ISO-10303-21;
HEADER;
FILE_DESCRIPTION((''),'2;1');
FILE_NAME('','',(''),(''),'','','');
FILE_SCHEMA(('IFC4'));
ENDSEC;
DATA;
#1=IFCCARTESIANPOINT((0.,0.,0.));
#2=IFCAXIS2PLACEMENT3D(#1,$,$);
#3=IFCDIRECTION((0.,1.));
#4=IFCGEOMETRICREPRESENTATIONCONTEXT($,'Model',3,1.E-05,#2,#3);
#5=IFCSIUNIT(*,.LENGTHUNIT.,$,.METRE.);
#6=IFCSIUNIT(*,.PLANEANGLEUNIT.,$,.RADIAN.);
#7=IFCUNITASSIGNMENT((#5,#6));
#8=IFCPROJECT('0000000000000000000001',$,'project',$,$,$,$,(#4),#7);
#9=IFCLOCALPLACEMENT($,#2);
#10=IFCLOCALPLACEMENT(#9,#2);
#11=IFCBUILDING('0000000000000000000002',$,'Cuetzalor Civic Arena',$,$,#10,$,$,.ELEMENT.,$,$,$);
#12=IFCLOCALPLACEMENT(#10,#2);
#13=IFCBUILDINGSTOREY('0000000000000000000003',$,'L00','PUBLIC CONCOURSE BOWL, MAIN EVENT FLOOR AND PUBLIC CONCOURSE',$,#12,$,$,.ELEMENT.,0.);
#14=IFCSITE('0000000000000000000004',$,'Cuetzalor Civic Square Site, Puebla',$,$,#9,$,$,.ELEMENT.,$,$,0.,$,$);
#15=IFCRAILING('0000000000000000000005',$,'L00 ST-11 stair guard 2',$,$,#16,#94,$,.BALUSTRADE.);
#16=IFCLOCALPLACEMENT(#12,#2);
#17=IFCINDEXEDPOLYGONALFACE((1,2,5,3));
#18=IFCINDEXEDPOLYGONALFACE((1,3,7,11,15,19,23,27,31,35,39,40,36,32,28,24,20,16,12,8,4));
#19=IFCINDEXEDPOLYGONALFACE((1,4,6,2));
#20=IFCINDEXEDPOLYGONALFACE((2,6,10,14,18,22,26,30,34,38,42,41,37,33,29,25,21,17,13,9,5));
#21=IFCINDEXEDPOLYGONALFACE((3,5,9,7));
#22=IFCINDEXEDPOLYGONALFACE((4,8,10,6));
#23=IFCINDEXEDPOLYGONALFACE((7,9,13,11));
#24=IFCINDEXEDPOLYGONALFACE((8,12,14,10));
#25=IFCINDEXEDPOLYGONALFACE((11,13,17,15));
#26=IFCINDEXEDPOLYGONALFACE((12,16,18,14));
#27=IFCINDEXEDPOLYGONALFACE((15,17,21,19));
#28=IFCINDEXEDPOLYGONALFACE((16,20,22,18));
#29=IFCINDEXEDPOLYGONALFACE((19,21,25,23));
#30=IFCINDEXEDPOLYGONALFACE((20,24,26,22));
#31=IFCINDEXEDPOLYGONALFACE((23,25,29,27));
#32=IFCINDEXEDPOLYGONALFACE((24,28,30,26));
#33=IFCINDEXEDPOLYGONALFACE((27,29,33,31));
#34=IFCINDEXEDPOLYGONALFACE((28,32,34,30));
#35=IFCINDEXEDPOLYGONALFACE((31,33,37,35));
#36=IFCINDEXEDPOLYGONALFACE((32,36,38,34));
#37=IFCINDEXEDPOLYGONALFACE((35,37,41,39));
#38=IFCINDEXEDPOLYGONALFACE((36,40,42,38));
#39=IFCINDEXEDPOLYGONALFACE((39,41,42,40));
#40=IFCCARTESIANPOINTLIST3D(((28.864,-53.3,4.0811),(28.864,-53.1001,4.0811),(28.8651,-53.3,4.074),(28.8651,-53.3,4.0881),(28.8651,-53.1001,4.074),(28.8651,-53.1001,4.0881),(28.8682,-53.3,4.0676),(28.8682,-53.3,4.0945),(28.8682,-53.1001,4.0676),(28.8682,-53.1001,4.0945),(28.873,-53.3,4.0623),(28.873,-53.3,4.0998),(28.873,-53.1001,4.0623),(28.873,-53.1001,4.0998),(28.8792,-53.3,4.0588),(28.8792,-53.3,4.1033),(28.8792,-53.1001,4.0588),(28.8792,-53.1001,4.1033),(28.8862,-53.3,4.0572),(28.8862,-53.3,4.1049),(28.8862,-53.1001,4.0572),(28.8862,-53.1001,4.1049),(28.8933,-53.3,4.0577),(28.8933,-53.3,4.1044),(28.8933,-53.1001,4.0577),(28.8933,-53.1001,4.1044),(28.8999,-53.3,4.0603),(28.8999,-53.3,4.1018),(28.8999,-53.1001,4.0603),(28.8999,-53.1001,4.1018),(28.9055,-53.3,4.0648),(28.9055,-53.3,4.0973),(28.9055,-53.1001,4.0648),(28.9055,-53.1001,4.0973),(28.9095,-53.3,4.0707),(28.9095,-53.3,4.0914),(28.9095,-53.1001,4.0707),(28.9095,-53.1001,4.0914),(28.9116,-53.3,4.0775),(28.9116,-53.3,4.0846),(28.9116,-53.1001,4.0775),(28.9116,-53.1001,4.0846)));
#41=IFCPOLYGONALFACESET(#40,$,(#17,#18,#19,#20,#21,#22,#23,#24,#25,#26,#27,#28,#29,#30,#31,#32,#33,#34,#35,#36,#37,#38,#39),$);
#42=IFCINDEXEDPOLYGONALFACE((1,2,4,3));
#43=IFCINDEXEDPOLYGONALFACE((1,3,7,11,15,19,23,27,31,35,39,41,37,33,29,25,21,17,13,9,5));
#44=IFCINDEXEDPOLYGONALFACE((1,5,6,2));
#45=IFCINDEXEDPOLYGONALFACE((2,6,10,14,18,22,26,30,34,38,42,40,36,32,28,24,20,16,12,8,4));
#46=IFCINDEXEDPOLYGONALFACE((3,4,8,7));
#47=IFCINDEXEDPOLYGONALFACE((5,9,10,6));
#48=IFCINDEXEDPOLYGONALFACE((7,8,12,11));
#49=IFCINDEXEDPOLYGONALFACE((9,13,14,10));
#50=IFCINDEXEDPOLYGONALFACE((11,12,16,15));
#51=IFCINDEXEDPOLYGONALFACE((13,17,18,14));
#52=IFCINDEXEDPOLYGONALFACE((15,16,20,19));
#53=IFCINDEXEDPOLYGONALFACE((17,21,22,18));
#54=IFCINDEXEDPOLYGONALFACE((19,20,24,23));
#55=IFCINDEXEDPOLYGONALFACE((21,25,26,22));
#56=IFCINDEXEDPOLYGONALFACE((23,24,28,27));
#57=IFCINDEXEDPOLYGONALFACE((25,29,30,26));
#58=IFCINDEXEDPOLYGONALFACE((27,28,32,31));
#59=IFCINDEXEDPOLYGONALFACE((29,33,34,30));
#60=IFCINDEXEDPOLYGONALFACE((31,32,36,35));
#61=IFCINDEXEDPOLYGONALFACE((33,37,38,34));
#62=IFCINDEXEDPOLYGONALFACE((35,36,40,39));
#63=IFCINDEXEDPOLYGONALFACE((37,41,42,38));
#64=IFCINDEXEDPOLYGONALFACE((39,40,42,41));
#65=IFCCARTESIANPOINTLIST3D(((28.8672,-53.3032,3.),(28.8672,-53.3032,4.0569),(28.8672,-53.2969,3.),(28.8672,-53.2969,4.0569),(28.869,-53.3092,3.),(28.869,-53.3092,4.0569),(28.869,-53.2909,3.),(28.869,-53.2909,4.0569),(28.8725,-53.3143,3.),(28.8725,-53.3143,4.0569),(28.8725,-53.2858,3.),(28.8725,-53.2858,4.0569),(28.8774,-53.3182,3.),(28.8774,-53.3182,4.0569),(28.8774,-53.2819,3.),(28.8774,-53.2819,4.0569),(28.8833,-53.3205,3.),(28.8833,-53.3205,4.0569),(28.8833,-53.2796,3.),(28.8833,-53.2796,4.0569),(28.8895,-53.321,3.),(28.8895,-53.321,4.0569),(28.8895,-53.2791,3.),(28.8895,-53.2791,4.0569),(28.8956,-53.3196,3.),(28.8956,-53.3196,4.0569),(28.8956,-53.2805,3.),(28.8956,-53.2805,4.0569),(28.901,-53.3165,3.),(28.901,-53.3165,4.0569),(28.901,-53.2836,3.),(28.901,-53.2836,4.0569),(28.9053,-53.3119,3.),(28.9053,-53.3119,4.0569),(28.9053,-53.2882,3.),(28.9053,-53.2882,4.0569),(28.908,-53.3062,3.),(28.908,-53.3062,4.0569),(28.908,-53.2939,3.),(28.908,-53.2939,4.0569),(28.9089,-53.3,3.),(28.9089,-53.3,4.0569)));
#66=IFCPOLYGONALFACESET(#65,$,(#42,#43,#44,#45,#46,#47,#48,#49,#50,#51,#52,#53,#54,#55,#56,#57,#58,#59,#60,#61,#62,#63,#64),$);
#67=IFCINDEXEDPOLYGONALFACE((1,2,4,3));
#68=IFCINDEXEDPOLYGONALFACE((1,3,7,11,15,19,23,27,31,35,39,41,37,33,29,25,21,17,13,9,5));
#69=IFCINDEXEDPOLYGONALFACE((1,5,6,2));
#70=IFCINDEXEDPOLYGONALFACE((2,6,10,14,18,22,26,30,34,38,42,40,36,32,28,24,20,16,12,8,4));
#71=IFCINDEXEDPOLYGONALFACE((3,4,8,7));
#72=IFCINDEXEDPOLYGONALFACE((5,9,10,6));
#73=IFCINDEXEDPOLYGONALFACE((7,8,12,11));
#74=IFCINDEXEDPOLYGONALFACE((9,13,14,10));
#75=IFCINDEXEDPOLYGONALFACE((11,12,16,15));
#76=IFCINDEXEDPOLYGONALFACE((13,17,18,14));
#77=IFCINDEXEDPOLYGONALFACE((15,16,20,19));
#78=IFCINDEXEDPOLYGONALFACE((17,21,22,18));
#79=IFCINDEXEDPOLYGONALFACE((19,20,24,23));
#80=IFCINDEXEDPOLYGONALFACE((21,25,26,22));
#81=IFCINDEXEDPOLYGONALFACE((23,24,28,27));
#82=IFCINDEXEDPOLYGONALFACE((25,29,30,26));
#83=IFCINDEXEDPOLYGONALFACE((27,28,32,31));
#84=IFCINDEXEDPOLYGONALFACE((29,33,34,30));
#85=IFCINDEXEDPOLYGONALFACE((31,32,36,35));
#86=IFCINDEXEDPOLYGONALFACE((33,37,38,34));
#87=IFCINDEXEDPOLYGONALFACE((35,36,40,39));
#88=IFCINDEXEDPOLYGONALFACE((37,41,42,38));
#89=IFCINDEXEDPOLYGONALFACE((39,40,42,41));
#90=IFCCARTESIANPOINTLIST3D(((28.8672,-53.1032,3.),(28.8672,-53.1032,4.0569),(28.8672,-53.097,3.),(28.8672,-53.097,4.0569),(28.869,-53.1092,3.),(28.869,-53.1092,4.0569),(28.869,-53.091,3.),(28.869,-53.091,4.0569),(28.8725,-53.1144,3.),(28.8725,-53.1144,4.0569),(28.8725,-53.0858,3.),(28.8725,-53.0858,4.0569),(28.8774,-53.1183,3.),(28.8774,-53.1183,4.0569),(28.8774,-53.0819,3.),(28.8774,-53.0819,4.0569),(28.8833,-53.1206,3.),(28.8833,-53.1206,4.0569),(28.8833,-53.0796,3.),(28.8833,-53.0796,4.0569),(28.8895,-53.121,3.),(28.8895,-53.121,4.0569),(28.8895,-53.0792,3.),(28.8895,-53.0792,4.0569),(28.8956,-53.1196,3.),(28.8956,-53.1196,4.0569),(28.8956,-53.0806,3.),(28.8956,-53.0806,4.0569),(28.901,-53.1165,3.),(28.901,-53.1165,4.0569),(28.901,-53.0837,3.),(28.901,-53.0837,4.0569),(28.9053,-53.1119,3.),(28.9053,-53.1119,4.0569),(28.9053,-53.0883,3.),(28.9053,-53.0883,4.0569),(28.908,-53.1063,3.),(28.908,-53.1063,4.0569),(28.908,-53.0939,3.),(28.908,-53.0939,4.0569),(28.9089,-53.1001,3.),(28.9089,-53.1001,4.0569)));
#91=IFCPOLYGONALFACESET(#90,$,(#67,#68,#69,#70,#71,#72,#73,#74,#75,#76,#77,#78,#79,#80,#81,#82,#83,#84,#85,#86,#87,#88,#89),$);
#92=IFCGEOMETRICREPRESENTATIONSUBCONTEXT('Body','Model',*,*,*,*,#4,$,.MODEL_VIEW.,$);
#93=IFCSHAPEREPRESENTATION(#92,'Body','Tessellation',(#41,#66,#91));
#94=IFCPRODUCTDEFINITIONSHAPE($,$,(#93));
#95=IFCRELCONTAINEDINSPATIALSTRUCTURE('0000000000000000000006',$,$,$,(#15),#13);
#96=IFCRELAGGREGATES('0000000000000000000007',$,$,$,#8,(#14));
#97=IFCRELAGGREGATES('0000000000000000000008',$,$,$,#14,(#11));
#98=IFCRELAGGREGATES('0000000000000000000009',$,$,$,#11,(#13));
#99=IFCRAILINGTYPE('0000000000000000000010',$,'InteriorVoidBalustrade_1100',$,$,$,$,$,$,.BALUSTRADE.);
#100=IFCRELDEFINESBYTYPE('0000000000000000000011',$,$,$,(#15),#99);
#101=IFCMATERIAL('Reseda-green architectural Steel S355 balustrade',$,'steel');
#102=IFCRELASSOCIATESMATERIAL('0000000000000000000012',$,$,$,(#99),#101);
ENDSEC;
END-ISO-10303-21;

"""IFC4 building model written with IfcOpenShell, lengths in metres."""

from ifc_helpers import new_model, si_unit, direction, frame, origin, origin_2d, place, context, subcontext, project, spatial, circle, extrude, material, type_object, element, save


model = new_model("IFC4")

# Units and contexts
model_context = context("Model", 3, precision=1e-05, world=origin(), true_north=direction((0.0, 1.0)))
body_context = subcontext(model_context, "Body", "Model", "MODEL_VIEW")
ifc_project = project(units=[si_unit("LENGTHUNIT", "METRE"), si_unit("PLANEANGLEUNIT", "RADIAN")], contexts=[model_context])

# Site, building, storey
site_placement = place(None, origin())
site = spatial("IfcSite", under=ifc_project, at=site_placement, Name="Cuetzalor Civic Square Site, Puebla", CompositionType="ELEMENT", RefElevation=0.0)
building_placement = place(site_placement, origin())
building = spatial("IfcBuilding", under=site, at=building_placement, Name="Cuetzalor Civic Arena", CompositionType="ELEMENT")
storey_placement = place(building_placement, origin())
storey = spatial("IfcBuildingStorey", under=building, at=storey_placement, Name="L00", Description="PUBLIC CONCOURSE BOWL, MAIN EVENT FLOOR AND PUBLIC CONCOURSE", CompositionType="ELEMENT", Elevation=0.0)

# Railing
ifc_material_1 = material(Name="Reseda-green architectural Steel S355 balustrade", Category="steel")
railing_type_1 = type_object("IfcRailingType", Name="InteriorVoidBalustrade_1100", PredefinedType="BALUSTRADE", material=ifc_material_1)
railing_1_placement = place(storey_placement, frame((28.8879, -53.3, 3.0)))
element("IfcRailing", 1, at=railing_1_placement, inside=storey, type_object=railing_type_1, Name="L00 ST-11 stair guard 2", PredefinedType="BALUSTRADE", context=body_context, shape_type="SweptSolid", body=[
    extrude(circle(Radius=0.0239, at=origin_2d()), frame((0.0, 0.0, 1.0811), z_axis=(0.0, 1.0, 0.0), x_axis=(-1.0, 0.0, 0.0)), (0.0, 0.0, 1.0), 0.2),
    extrude(circle(Radius=0.021, at=origin_2d()), origin(), (0.0, 0.0, 1.0), 1.0569),
    extrude(circle(Radius=0.021, at=origin_2d()), frame((0.0, 0.2, 0.0)), (0.0, 0.0, 1.0), 1.0569),
])

save(model, "model.ifc")
